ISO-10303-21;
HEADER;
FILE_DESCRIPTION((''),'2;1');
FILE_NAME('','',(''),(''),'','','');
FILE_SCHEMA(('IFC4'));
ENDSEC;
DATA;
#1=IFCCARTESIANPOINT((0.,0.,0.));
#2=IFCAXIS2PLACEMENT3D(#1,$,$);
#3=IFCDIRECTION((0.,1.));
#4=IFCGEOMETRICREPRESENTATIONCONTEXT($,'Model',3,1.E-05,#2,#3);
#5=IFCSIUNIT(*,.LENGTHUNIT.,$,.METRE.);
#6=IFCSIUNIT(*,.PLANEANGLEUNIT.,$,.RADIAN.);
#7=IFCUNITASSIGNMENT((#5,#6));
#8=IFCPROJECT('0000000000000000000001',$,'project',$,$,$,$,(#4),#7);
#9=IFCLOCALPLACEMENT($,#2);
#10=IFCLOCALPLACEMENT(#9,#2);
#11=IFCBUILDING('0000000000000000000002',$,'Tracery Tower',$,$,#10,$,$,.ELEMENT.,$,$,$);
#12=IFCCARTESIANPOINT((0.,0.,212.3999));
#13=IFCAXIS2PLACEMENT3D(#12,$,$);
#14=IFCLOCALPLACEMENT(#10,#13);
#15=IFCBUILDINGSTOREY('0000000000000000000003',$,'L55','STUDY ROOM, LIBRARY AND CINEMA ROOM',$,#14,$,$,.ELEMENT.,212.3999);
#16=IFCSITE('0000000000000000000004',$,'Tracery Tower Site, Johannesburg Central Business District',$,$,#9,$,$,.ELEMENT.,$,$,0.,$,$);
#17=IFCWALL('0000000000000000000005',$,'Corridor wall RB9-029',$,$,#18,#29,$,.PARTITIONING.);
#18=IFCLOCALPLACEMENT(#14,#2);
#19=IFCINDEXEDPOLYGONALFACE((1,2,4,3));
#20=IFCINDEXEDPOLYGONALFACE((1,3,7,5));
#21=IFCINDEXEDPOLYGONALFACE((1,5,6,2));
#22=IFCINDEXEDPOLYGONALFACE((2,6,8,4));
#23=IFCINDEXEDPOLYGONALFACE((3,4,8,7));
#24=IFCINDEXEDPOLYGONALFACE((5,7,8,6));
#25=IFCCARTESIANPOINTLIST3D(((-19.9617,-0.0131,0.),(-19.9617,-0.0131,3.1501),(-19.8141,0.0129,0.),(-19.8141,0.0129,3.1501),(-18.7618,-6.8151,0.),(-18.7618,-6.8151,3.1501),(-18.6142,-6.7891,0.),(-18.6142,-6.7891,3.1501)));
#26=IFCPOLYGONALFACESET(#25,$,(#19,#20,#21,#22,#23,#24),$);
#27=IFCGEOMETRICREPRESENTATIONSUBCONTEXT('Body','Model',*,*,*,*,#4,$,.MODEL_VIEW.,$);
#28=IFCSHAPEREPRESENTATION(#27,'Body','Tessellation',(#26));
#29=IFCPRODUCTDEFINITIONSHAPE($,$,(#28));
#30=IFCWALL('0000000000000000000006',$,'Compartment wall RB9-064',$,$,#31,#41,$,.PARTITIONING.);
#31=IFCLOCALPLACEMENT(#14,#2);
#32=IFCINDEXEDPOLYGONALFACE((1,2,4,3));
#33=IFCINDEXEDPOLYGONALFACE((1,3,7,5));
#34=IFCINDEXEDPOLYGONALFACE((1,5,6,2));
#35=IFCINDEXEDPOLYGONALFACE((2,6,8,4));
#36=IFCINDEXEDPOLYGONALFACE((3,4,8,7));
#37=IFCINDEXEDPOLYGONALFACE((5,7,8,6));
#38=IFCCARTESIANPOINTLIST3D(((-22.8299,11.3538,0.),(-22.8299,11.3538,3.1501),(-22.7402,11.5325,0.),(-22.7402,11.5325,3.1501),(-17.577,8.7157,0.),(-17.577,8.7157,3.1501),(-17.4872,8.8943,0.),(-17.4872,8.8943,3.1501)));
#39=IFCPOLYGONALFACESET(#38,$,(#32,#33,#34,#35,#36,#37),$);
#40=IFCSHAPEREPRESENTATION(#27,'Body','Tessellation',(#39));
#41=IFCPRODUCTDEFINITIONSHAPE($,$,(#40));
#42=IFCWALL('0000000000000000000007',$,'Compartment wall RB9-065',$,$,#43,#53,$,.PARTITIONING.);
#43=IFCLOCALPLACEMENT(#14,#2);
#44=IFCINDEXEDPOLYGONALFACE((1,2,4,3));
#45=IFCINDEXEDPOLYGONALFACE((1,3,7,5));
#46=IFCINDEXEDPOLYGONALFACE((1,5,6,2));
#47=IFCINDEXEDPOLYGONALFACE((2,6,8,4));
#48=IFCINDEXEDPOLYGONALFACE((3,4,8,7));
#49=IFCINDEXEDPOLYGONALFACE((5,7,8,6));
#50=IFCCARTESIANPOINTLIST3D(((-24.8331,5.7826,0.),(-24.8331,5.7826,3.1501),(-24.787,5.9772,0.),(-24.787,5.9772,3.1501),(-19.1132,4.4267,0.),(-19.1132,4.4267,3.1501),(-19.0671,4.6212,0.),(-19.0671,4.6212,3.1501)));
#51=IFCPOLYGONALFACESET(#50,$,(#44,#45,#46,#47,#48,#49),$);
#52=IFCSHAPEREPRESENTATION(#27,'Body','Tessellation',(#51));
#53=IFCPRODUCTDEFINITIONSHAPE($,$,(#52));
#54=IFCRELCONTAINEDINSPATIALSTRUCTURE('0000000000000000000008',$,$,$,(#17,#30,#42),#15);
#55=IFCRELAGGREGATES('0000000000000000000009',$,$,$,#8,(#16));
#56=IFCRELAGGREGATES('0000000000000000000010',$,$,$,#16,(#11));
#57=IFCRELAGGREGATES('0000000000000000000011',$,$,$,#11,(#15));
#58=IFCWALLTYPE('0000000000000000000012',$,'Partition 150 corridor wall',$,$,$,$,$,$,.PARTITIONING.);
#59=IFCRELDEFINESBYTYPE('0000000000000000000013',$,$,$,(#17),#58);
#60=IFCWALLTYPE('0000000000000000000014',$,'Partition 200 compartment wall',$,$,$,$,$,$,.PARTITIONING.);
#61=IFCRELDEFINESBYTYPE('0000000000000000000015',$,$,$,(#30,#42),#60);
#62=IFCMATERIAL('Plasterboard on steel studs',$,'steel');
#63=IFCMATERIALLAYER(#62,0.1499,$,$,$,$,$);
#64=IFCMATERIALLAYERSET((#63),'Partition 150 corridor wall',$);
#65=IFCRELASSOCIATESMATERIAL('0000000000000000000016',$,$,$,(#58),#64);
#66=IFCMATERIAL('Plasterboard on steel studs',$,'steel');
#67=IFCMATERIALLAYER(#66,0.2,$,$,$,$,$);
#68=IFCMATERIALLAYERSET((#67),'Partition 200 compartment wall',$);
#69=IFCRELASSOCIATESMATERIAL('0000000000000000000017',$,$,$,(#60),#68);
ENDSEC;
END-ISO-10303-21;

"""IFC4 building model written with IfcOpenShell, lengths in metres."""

from ifc_helpers import new_model, si_unit, direction, frame, frame_2d, origin, place, context, subcontext, project, spatial, rectangle, extrude, material, layer, layer_set, type_object, element, save


model = new_model("IFC4")

# Units and contexts
model_context = context("Model", 3, precision=1e-05, world=origin(), true_north=direction((0.0, 1.0)))
body_context = subcontext(model_context, "Body", "Model", "MODEL_VIEW")
ifc_project = project(units=[si_unit("LENGTHUNIT", "METRE"), si_unit("PLANEANGLEUNIT", "RADIAN")], contexts=[model_context])

# Site, building, storey
site_placement = place(None, origin())
site = spatial("IfcSite", under=ifc_project, at=site_placement, Name="Tracery Tower Site, Johannesburg Central Business District", CompositionType="ELEMENT", RefElevation=0.0)
building_placement = place(site_placement, origin())
building = spatial("IfcBuilding", under=site, at=building_placement, Name="Tracery Tower", CompositionType="ELEMENT")
storey_placement = place(building_placement, frame((0.0, 0.0, 212.3999)))
storey = spatial("IfcBuildingStorey", under=building, at=storey_placement, Name="L55", Description="STUDY ROOM, LIBRARY AND CINEMA ROOM", CompositionType="ELEMENT", Elevation=212.3999)

# Shared definitions
ifc_material_1 = material(Name="Plasterboard on steel studs", Category="steel")
ifc_layer_1 = layer(ifc_material_1, 0.1499)
ifc_layer_set_1 = layer_set([ifc_layer_1], Name="Partition 150 corridor wall")
wall_type_1 = type_object("IfcWallType", Name="Partition 150 corridor wall", PredefinedType="PARTITIONING", material=ifc_layer_set_1)

# Walls
wall_1_placement = place(storey_placement, frame((-19.8879, 0.0, 0.0), z_axis=(0.0, 0.0, 1.0), x_axis=(0.173729, -0.984794, 0.0)))
element("IfcWall", 1, at=wall_1_placement, inside=storey, type_object=wall_type_1, Name="Corridor wall RB9-029", PredefinedType="PARTITIONING", context=body_context, shape_type="SweptSolid", body=[
    extrude(rectangle(XDim=6.907, YDim=0.1499, at=frame_2d((3.4536, 0.0))), origin(), (0.0, 0.0, 1.0), 3.1501),
])
ifc_material_2 = material(Name="Plasterboard on steel studs", Category="steel")
ifc_layer_2 = layer(ifc_material_2, 0.2)
ifc_layer_set_2 = layer_set([ifc_layer_2], Name="Partition 200 compartment wall")
wall_type_2 = type_object("IfcWallType", Name="Partition 200 compartment wall", PredefinedType="PARTITIONING", material=ifc_layer_set_2)
wall_2_placement = place(storey_placement, frame((-22.7849, 11.4431, 0.0), z_axis=(0.0, 0.0, 1.0), x_axis=(0.893628, -0.448808, 0.0)))
element("IfcWall", 2, at=wall_2_placement, inside=storey, type_object=wall_type_2, Name="Compartment wall RB9-064", PredefinedType="PARTITIONING", context=body_context, shape_type="SweptSolid", body=[
    extrude(rectangle(XDim=5.8782, YDim=0.2, at=frame_2d((2.939, 0.0))), origin(), (0.0, 0.0, 1.0), 3.1501),
])
wall_3_placement = place(storey_placement, frame((-24.8101, 5.8799, 0.0), z_axis=(0.0, 0.0, 1.0), x_axis=(0.973033, -0.230664, 0.0)))
element("IfcWall", 3, at=wall_3_placement, inside=storey, type_object=wall_type_2, Name="Compartment wall RB9-065", PredefinedType="PARTITIONING", context=body_context, shape_type="SweptSolid", body=[
    extrude(rectangle(XDim=5.8784, YDim=0.2, at=frame_2d((2.9392, 0.0))), origin(), (0.0, 0.0, 1.0), 3.1501),
])

save(model, "model.ifc")
